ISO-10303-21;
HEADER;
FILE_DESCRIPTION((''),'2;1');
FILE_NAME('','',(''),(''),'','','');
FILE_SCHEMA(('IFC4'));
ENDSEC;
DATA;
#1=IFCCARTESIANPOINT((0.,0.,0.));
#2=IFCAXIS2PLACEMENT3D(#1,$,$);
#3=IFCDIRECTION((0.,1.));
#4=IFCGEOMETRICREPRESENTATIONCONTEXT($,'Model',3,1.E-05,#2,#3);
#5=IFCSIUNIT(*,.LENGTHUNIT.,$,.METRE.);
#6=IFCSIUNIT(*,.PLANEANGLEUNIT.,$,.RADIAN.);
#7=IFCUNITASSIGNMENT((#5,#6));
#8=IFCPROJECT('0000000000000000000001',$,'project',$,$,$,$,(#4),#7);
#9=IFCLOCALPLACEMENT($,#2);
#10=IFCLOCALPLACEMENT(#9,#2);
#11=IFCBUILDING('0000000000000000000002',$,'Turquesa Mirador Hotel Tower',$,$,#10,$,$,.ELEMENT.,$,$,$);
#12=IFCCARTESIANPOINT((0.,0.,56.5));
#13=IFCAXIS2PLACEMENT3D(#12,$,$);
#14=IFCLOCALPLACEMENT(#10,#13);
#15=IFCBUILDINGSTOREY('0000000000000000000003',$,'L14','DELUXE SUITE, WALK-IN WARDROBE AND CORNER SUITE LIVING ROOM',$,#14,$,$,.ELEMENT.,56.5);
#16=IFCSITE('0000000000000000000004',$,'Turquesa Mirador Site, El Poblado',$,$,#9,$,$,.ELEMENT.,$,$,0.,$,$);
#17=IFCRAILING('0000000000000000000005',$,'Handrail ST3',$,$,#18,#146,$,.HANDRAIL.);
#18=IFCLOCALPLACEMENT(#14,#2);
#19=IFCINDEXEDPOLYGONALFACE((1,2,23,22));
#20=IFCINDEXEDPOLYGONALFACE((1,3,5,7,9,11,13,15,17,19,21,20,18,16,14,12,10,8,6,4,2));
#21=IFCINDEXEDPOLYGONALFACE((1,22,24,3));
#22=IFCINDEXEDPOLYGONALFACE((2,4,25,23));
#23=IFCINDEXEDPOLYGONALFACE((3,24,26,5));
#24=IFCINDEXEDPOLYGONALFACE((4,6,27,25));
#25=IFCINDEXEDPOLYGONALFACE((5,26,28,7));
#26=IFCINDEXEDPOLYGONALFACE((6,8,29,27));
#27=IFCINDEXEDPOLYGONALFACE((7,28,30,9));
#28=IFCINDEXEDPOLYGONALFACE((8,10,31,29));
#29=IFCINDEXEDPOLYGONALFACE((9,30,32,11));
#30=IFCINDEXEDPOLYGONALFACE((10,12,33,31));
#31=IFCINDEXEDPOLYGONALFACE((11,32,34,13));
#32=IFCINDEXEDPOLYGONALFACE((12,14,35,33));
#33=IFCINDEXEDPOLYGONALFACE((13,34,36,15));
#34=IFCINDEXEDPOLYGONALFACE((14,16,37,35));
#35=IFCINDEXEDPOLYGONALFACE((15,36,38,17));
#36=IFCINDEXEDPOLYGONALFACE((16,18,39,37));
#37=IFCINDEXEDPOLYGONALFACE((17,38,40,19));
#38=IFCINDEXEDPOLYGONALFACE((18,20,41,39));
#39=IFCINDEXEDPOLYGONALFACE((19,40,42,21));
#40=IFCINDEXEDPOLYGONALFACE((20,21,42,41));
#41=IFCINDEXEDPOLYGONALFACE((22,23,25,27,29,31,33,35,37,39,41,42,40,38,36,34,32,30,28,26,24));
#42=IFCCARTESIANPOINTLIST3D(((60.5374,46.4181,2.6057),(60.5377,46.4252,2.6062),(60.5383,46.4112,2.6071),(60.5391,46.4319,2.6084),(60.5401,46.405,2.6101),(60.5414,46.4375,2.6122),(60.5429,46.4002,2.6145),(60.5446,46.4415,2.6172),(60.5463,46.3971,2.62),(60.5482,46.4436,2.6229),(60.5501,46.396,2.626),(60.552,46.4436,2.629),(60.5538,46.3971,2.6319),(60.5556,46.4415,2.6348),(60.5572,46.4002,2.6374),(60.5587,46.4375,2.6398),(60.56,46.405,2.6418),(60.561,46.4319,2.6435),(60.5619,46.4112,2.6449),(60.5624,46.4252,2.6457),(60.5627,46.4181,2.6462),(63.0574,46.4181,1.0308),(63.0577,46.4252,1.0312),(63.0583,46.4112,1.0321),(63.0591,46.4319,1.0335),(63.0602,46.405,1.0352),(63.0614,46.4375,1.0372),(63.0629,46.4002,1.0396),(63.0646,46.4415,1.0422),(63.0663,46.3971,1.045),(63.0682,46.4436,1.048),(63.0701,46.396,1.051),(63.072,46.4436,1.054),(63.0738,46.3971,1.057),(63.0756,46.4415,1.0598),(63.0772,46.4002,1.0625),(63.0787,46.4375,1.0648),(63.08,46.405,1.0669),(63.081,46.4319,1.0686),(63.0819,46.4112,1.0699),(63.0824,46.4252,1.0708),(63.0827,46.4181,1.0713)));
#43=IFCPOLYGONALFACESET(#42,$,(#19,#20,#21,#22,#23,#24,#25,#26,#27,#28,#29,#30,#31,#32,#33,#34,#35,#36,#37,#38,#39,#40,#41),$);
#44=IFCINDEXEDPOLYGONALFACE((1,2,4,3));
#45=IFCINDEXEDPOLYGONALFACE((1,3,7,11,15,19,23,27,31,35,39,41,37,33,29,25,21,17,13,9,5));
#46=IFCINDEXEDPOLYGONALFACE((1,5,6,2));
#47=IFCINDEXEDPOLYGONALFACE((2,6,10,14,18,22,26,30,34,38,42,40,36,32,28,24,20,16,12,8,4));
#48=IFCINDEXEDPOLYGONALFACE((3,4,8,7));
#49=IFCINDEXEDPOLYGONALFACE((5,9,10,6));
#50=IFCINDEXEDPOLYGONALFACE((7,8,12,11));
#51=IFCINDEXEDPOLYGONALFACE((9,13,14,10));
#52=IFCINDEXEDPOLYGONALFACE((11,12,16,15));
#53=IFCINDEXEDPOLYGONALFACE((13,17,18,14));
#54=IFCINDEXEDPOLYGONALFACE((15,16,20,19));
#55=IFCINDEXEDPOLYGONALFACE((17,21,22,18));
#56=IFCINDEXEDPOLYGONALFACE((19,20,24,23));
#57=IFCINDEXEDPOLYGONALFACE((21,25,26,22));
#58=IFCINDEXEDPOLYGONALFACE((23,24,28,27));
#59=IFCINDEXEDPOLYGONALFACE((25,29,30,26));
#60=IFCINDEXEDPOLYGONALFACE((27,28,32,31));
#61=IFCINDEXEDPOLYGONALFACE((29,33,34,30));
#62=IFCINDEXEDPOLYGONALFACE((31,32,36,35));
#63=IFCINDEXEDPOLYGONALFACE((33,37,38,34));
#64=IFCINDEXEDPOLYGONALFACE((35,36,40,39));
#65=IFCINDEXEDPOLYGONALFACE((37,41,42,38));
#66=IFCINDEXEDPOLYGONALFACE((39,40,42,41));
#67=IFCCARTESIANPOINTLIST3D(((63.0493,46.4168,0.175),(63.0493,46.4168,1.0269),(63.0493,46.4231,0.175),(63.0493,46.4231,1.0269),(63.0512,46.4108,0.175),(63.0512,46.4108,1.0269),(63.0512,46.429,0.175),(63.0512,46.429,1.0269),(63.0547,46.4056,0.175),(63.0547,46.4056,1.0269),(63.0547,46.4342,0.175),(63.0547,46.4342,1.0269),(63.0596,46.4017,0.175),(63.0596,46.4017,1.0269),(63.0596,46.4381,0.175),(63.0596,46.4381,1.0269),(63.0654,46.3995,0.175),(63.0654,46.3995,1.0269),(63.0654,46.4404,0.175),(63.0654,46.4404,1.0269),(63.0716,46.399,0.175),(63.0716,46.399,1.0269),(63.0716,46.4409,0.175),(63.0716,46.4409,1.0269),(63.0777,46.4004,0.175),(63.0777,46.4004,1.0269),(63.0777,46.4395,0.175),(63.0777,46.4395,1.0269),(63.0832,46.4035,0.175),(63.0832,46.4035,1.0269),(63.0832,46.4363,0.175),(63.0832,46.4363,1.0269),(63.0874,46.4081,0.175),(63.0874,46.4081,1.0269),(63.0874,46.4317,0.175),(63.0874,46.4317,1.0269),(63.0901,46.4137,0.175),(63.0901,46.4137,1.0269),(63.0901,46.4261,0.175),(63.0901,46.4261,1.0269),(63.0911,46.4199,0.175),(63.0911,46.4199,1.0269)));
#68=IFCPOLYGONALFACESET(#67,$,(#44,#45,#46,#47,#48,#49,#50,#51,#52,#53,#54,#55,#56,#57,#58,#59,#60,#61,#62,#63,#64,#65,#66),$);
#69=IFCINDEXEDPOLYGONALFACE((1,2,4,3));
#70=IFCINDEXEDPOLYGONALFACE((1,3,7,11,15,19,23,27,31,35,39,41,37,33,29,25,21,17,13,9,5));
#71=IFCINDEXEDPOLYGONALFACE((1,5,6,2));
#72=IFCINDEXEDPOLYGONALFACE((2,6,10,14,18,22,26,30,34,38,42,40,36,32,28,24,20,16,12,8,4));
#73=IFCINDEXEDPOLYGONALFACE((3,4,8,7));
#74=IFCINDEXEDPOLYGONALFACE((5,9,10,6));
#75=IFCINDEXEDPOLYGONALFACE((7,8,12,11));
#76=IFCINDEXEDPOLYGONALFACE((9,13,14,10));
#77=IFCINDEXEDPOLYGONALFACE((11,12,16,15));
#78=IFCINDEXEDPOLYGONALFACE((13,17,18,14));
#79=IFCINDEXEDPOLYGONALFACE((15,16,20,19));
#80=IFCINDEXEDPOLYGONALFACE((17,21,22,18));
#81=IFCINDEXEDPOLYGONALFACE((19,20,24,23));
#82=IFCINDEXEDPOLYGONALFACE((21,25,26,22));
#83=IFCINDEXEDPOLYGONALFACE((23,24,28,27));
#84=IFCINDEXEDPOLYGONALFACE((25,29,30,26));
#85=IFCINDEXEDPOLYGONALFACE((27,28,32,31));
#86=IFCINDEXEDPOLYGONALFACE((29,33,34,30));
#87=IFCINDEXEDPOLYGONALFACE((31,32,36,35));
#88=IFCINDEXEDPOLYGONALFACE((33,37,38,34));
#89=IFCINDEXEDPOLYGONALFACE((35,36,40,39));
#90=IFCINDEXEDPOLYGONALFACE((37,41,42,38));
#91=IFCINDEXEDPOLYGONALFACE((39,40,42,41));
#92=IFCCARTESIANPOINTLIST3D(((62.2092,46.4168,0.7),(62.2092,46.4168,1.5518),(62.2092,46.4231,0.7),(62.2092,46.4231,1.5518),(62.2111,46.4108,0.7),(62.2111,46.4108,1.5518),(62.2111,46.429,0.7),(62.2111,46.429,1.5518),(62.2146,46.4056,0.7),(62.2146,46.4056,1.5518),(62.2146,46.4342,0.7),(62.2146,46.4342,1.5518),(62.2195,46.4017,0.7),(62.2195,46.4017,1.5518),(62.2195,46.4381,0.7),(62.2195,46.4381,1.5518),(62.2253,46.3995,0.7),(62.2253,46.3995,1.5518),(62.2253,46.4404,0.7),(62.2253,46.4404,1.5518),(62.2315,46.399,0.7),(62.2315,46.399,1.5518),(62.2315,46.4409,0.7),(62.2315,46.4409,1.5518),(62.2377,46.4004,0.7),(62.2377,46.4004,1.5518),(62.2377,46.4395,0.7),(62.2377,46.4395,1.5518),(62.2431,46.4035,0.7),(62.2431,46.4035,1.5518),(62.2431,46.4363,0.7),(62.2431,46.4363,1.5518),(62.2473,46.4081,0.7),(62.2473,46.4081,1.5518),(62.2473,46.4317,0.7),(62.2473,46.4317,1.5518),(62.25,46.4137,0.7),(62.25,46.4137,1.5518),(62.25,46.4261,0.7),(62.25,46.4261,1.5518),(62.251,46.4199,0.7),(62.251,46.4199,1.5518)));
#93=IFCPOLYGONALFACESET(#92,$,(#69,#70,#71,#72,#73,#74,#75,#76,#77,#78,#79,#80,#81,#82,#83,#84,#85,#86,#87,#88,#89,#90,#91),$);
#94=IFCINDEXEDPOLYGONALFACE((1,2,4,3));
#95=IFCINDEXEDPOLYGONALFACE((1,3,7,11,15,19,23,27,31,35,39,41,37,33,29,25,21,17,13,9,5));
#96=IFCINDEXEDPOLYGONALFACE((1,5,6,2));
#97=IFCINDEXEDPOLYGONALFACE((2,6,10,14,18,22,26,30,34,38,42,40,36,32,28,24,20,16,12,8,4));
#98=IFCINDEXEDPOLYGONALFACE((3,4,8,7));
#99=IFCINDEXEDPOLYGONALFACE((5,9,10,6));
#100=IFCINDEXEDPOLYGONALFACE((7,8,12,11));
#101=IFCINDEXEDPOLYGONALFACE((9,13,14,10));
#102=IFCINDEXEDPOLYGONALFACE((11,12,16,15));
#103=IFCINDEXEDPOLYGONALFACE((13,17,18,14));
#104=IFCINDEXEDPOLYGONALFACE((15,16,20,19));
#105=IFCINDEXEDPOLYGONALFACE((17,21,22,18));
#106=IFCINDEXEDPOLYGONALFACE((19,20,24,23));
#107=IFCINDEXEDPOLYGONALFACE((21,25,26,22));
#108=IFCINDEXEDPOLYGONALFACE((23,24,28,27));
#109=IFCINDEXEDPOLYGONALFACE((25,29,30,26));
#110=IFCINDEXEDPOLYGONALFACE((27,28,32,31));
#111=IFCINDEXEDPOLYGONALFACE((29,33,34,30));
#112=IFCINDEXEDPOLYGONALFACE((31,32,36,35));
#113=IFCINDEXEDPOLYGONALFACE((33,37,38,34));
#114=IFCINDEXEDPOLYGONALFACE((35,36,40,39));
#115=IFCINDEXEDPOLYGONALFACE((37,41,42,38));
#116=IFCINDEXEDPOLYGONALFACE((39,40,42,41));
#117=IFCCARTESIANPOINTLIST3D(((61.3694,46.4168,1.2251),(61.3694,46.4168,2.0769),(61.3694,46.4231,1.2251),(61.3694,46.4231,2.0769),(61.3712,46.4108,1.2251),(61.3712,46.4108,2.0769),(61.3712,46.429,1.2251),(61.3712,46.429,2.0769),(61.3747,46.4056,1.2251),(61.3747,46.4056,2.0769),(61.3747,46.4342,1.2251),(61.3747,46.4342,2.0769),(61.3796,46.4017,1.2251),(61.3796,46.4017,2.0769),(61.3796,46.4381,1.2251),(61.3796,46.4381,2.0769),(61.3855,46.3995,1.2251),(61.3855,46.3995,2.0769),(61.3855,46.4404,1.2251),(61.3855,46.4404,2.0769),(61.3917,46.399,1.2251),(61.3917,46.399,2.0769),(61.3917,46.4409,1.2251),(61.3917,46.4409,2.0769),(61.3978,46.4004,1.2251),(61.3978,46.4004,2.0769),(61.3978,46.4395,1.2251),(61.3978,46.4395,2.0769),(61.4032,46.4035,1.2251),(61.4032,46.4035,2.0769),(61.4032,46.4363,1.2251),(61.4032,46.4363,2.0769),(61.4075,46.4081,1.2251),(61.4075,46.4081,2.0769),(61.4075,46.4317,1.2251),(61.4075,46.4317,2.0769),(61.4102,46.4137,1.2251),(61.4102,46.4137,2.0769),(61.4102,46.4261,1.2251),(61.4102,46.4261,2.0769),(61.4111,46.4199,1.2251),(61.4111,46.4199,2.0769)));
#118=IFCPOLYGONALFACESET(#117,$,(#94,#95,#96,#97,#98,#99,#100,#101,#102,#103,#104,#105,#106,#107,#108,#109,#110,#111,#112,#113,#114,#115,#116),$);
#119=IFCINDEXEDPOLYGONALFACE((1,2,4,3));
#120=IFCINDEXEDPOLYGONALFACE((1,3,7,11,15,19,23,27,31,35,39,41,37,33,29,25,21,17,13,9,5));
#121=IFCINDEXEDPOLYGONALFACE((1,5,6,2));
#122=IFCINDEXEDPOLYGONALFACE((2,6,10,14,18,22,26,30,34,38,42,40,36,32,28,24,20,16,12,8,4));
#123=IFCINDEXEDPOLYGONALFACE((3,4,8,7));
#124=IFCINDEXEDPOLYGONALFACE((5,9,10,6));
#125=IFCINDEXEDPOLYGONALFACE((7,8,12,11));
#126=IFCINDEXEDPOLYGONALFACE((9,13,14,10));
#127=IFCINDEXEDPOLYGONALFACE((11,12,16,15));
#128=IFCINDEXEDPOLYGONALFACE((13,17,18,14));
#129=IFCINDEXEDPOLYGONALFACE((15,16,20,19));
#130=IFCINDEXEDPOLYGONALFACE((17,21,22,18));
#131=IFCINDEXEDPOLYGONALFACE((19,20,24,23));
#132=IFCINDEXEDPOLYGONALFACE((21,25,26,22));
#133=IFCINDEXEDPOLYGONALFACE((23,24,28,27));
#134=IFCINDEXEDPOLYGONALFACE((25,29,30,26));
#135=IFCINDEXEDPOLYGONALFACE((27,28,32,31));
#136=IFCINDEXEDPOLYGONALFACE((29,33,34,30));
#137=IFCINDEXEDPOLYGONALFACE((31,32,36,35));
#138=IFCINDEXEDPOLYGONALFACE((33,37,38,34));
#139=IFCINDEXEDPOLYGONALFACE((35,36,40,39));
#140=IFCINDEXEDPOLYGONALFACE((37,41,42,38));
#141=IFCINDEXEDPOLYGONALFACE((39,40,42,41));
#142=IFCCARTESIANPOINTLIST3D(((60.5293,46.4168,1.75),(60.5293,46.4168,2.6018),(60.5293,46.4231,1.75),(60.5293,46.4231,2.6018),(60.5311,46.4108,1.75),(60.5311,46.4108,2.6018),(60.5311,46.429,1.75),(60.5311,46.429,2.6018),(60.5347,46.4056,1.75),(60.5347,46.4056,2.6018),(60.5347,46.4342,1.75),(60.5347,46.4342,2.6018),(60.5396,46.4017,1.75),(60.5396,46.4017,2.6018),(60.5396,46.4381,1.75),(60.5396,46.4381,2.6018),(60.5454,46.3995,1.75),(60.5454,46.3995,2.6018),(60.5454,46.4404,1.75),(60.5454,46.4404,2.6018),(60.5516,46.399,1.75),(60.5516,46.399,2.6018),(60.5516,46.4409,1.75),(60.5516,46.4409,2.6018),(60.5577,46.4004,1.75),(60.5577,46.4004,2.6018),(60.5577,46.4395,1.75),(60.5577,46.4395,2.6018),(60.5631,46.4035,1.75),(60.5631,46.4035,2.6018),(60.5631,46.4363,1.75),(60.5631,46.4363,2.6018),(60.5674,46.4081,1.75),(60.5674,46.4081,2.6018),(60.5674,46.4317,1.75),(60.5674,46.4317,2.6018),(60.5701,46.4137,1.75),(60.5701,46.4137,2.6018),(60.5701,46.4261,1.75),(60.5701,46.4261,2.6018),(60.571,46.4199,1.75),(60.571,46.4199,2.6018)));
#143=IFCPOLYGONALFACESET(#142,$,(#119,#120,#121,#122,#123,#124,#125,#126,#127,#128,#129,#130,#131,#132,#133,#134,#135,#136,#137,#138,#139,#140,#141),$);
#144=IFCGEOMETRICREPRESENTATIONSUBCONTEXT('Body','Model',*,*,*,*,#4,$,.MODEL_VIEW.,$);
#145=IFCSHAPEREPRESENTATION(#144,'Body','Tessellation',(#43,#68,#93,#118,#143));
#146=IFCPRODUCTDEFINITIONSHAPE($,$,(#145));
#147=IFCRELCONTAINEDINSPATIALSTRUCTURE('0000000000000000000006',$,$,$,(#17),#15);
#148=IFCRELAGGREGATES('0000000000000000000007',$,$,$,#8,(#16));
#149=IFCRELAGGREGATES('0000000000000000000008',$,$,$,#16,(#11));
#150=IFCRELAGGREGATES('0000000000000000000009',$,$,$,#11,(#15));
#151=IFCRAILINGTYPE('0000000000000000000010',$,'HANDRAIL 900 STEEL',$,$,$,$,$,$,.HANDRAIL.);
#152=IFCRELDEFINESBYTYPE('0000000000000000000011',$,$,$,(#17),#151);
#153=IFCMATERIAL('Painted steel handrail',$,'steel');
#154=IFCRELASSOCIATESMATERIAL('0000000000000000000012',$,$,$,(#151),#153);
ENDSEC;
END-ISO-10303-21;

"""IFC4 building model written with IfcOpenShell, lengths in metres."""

from ifc_helpers import new_model, si_unit, direction, frame, origin, origin_2d, place, context, subcontext, project, spatial, circle, extrude, material, type_object, element, save


model = new_model("IFC4")

# Units and contexts
model_context = context("Model", 3, precision=1e-05, world=origin(), true_north=direction((0.0, 1.0)))
body_context = subcontext(model_context, "Body", "Model", "MODEL_VIEW")
ifc_project = project(units=[si_unit("LENGTHUNIT", "METRE"), si_unit("PLANEANGLEUNIT", "RADIAN")], contexts=[model_context])

# Site, building, storey
site_placement = place(None, origin())
site = spatial("IfcSite", under=ifc_project, at=site_placement, Name="Turquesa Mirador Site, El Poblado", CompositionType="ELEMENT", RefElevation=0.0)
building_placement = place(site_placement, origin())
building = spatial("IfcBuilding", under=site, at=building_placement, Name="Turquesa Mirador Hotel Tower", CompositionType="ELEMENT")
storey_placement = place(building_placement, frame((0.0, 0.0, 56.5)))
storey = spatial("IfcBuildingStorey", under=building, at=storey_placement, Name="L14", Description="DELUXE SUITE, WALK-IN WARDROBE AND CORNER SUITE LIVING ROOM", CompositionType="ELEMENT", Elevation=56.5)

# Railing
ifc_material_1 = material(Name="Painted steel handrail", Category="steel")
railing_type = type_object("IfcRailingType", Name="HANDRAIL 900 STEEL", PredefinedType="HANDRAIL", material=ifc_material_1)
railing_1_placement = place(storey_placement, frame((63.0701, 46.4199, 0.175)))
element("IfcRailing", 1, at=railing_1_placement, inside=storey, type_object=railing_type, Name="Handrail ST3", PredefinedType="HANDRAIL", context=body_context, shape_type="SweptSolid", body=[
    extrude(circle(Radius=0.0239, at=origin_2d()), frame((0.0, 0.0, 0.876), z_axis=(-0.848008, 0.0, 0.529984), x_axis=(0.0, -1.0, 0.0)), (0.0, 0.0, 1.0), 2.9717),
    extrude(circle(Radius=0.021, at=origin_2d()), origin(), (0.0, 0.0, 1.0), 0.8518),
    extrude(circle(Radius=0.021, at=origin_2d()), frame((-0.8401, 0.0, 0.5249)), (0.0, 0.0, 1.0), 0.8518),
    extrude(circle(Radius=0.021, at=origin_2d()), frame((-1.6799, 0.0, 1.05)), (0.0, 0.0, 1.0), 0.8518),
    extrude(circle(Radius=0.021, at=origin_2d()), frame((-2.52, 0.0, 1.575)), (0.0, 0.0, 1.0), 0.8518),
])

save(model, "model.ifc")
